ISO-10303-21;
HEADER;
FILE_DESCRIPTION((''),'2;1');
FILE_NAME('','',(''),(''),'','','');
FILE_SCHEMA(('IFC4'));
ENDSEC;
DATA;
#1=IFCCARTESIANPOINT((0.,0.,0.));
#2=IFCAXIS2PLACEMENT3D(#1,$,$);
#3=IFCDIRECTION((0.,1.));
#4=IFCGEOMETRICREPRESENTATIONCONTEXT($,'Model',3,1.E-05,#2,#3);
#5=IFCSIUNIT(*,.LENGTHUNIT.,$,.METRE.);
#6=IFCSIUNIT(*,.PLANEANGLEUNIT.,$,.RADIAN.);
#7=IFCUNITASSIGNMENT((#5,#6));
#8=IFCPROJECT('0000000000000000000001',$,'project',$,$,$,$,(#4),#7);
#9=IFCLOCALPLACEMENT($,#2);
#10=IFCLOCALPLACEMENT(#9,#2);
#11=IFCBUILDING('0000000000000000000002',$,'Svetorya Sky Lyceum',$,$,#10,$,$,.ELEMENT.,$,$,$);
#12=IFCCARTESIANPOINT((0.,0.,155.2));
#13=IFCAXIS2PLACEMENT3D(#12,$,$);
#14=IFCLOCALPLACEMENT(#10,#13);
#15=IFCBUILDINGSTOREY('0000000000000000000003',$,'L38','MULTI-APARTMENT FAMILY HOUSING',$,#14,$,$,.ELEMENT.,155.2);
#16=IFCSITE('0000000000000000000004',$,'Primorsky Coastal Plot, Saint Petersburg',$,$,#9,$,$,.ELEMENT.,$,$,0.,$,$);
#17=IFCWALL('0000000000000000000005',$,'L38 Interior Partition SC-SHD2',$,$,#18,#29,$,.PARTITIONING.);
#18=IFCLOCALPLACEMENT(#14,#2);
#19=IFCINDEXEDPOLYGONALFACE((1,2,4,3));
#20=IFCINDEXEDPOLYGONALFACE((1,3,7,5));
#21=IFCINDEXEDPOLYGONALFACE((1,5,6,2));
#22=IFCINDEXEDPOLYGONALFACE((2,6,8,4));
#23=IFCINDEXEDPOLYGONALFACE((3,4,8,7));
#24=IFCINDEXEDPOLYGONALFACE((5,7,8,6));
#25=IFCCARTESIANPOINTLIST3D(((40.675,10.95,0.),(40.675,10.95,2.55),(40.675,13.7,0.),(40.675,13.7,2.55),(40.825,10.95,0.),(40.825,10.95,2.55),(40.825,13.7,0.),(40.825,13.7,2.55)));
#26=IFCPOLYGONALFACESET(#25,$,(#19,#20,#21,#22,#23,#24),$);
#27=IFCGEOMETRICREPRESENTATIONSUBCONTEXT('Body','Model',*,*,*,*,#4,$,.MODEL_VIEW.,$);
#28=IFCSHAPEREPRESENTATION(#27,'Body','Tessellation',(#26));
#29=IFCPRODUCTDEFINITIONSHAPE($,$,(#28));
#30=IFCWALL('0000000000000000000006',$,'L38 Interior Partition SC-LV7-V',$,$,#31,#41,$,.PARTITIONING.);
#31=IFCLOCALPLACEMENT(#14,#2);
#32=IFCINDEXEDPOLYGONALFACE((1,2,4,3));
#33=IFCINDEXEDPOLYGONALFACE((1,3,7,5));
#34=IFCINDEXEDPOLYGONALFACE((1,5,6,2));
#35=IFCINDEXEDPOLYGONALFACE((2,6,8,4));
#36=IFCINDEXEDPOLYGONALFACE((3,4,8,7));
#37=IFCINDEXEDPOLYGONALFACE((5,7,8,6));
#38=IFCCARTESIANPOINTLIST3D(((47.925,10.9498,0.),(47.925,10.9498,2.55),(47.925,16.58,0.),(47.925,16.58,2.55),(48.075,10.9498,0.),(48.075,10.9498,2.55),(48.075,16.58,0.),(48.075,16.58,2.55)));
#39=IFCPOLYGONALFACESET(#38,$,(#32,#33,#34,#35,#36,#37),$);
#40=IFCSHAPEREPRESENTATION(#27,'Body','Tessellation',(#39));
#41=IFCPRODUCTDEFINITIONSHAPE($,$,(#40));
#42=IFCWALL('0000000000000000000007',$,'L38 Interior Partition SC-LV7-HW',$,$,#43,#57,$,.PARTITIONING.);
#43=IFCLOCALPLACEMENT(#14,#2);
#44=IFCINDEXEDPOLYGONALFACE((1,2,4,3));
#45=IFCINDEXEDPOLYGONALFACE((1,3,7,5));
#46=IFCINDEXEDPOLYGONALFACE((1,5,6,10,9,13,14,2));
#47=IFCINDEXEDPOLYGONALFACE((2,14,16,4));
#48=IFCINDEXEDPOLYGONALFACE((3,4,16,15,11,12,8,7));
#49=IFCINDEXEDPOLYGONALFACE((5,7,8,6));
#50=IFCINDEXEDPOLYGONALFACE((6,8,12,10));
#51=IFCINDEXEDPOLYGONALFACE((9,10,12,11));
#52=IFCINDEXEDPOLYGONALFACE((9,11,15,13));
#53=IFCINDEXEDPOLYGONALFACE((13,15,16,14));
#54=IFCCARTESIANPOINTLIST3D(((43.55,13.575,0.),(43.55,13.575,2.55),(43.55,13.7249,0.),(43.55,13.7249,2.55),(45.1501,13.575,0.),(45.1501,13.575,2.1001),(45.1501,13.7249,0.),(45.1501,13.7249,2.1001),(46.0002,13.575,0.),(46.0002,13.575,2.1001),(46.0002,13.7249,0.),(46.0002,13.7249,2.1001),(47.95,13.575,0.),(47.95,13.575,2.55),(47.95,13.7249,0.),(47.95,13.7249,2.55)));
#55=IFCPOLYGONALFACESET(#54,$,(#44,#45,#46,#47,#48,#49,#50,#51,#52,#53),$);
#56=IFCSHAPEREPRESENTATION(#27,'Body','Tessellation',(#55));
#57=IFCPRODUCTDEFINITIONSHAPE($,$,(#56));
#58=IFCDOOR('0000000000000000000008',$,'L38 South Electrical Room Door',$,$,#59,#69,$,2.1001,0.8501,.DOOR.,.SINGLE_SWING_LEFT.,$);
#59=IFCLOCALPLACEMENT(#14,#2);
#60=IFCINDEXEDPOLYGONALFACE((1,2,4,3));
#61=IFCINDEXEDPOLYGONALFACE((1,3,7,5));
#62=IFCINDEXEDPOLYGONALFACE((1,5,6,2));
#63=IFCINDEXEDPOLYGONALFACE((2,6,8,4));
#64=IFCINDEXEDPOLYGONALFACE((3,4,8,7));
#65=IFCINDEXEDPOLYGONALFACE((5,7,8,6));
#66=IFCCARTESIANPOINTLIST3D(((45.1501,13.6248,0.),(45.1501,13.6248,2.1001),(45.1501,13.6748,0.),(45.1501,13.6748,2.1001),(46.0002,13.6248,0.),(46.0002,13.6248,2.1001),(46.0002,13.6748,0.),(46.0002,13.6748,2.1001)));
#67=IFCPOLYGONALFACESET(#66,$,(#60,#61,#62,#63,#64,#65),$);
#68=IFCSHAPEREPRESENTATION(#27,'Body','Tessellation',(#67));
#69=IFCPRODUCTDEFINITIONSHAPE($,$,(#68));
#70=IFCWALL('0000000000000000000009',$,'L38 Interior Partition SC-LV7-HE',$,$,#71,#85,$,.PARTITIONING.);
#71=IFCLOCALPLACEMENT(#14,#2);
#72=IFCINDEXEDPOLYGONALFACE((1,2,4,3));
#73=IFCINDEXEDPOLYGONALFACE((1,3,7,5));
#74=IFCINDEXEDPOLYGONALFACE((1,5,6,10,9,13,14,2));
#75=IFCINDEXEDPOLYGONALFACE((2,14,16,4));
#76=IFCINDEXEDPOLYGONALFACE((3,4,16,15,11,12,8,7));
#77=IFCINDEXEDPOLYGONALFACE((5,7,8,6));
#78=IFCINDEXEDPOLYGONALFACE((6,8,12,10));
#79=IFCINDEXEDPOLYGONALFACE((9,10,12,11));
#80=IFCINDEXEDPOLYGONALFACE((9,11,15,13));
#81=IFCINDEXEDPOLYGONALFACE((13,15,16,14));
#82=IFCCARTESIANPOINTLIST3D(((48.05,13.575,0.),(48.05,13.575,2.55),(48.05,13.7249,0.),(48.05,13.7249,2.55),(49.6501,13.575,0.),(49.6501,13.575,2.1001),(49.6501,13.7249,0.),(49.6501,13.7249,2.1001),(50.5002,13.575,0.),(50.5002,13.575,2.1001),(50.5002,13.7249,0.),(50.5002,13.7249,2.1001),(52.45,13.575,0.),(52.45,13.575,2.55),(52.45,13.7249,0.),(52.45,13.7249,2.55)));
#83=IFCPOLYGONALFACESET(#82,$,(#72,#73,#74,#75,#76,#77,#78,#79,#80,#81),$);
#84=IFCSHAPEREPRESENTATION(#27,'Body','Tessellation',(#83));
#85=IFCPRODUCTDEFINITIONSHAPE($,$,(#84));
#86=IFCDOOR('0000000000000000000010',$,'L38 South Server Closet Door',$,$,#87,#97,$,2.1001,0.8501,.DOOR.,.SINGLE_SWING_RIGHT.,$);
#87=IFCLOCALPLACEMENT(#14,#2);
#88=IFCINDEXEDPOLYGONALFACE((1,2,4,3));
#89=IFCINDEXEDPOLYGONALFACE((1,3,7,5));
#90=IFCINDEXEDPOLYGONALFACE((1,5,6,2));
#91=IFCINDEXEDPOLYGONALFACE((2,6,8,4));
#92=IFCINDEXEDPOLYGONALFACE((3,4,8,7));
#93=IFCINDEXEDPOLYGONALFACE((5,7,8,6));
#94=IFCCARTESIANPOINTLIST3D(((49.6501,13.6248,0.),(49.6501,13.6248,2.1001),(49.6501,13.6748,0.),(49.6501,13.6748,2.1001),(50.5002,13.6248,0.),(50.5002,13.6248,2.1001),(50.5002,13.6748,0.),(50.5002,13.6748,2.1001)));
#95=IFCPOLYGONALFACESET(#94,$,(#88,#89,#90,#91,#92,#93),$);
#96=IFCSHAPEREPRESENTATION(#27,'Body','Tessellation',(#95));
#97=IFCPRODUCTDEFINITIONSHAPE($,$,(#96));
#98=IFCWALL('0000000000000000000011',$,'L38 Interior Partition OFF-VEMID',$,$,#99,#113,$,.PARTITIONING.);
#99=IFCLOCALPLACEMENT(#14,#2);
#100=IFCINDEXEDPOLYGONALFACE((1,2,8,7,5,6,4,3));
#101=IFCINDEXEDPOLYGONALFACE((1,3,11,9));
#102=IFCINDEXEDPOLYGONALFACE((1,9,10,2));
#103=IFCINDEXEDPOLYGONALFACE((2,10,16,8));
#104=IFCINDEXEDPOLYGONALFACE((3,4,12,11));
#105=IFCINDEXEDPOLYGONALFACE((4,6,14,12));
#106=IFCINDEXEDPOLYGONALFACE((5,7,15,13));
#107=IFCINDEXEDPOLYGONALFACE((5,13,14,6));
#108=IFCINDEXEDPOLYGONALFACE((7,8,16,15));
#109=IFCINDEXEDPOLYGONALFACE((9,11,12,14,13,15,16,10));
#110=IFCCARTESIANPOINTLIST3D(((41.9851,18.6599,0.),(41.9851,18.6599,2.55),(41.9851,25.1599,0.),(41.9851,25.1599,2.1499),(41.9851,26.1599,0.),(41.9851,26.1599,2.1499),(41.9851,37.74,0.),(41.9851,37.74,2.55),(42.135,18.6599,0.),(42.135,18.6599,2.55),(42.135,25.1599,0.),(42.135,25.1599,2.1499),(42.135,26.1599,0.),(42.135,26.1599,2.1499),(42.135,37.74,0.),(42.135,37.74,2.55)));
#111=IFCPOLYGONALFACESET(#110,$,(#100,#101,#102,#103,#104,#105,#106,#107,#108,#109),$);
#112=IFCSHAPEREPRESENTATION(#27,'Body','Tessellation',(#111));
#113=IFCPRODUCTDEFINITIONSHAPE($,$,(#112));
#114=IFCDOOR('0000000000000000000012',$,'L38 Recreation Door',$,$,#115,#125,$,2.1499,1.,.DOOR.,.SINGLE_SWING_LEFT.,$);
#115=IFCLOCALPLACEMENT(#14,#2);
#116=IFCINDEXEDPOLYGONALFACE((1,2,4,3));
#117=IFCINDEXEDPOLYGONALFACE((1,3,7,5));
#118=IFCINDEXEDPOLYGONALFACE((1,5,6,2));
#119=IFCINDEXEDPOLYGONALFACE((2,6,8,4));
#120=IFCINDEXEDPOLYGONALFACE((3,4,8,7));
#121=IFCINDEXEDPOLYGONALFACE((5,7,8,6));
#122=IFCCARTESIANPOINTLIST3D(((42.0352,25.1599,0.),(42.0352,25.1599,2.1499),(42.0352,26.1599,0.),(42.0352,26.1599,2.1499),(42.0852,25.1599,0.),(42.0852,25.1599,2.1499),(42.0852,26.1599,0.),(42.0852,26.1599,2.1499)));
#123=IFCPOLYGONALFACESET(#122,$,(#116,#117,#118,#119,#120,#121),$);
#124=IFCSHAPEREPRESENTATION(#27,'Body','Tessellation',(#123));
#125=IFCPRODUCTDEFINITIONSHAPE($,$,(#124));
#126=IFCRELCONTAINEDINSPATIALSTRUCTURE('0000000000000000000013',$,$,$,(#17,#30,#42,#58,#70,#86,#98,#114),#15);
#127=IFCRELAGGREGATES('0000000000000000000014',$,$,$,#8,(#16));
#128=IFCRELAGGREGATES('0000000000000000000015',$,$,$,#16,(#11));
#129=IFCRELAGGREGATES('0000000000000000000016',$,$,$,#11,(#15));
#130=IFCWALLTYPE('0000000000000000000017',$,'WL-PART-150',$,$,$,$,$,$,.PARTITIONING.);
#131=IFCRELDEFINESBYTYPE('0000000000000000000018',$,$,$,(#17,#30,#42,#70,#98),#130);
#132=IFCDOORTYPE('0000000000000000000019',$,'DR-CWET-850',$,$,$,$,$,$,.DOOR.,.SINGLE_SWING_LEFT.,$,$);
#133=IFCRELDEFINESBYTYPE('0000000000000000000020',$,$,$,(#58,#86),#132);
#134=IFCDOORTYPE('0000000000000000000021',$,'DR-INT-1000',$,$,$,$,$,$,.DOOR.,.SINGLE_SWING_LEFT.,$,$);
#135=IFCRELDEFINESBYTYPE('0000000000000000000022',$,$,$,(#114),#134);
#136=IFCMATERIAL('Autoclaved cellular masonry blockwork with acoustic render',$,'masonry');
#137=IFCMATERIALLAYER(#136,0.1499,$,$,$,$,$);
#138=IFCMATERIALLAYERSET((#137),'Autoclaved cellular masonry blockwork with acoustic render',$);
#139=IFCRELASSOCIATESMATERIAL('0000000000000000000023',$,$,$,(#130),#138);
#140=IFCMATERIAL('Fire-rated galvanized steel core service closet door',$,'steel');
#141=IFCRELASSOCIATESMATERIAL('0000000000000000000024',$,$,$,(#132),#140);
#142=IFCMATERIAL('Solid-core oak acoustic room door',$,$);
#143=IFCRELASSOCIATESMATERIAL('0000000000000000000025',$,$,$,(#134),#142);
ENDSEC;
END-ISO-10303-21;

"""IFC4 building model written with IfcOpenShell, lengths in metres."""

from ifc_helpers import new_model, si_unit, direction, frame, frame_2d, origin, place, context, subcontext, project, spatial, rectangle, extrude, material, layer, layer_set, type_object, element, fill, save


model = new_model("IFC4")

# Units and contexts
model_context = context("Model", 3, precision=1e-05, world=origin(), true_north=direction((0.0, 1.0)))
body_context = subcontext(model_context, "Body", "Model", "MODEL_VIEW")
ifc_project = project(units=[si_unit("LENGTHUNIT", "METRE"), si_unit("PLANEANGLEUNIT", "RADIAN")], contexts=[model_context])

# Site, building, storey
site_placement = place(None, origin())
site = spatial("IfcSite", under=ifc_project, at=site_placement, Name="Primorsky Coastal Plot, Saint Petersburg", CompositionType="ELEMENT", RefElevation=0.0)
building_placement = place(site_placement, origin())
building = spatial("IfcBuilding", under=site, at=building_placement, Name="Svetorya Sky Lyceum", CompositionType="ELEMENT")
storey_placement = place(building_placement, frame((0.0, 0.0, 155.2)))
storey = spatial("IfcBuildingStorey", under=building, at=storey_placement, Name="L38", Description="MULTI-APARTMENT FAMILY HOUSING", CompositionType="ELEMENT", Elevation=155.2)

# Walls
ifc_material_1 = material(Name="Autoclaved cellular masonry blockwork with acoustic render", Category="masonry")
ifc_layer_1 = layer(ifc_material_1, 0.1499)
ifc_layer_set_1 = layer_set([ifc_layer_1], Name="Autoclaved cellular masonry blockwork with acoustic render")
wall_type_1 = type_object("IfcWallType", Name="WL-PART-150", PredefinedType="PARTITIONING", material=ifc_layer_set_1)
for number, where, z_axis, x_axis, name in (
    (1, (40.75, 10.95, 0.0), (0.0, 0.0, 1.0), (0.0, 1.0, 0.0), "L38 Interior Partition SC-SHD2"),
):
    element("IfcWall", number, at=place(storey_placement, frame(where, z_axis=z_axis, x_axis=x_axis)), inside=storey, type_object=wall_type_1, Name=name, PredefinedType="PARTITIONING", context=body_context, shape_type="SweptSolid", body=[
        extrude(rectangle(XDim=2.75, YDim=0.1499, at=frame_2d((1.375, 0.0))), origin(), (0.0, 0.0, 1.0), 2.55),
    ])
wall_1_placement = place(storey_placement, frame((48.0, 10.95, 0.0), z_axis=(0.0, 0.0, 1.0), x_axis=(0.0, 1.0, 0.0)))
element("IfcWall", 2, at=wall_1_placement, inside=storey, type_object=wall_type_1, Name="L38 Interior Partition SC-LV7-V", PredefinedType="PARTITIONING", context=body_context, shape_type="SweptSolid", body=[
    extrude(rectangle(XDim=5.6301, YDim=0.1499, at=frame_2d((2.8149, 0.0))), origin(), (0.0, 0.0, 1.0), 2.55),
])

# Walls, openings, doors
wall_2_placement = place(storey_placement, frame((43.55, 13.6499, 0.0), z_axis=(0.0, 0.0, 1.0), x_axis=(1.0, 0.0, 0.0)))
wall_2 = element("IfcWall", 3, at=wall_2_placement, inside=storey, type_object=wall_type_1, Name="L38 Interior Partition SC-LV7-HW", PredefinedType="PARTITIONING", context=body_context, shape_type="SweptSolid", body=[
    extrude(rectangle(XDim=4.3999, YDim=0.1499, at=frame_2d((2.2, 0.0))), origin(), (0.0, 0.0, 1.0), 2.55),
])
opening_1_placement = place(wall_2_placement, frame((1.6001, 0.0, 0.0)))
opening_1 = element("IfcOpeningElement", 4, at=opening_1_placement, cuts=wall_2, PredefinedType="OPENING", context=body_context, shape_type="SweptSolid", body=[
    extrude(rectangle(XDim=0.8501, YDim=2.1001, at=frame_2d((0.425, 1.05))), frame((0.0, 0.085, 0.0), z_axis=(0.0, -1.0, 0.0), x_axis=(1.0, 0.0, 0.0)), (0.0, 0.0, 1.0), 0.1699),
])
ifc_material_2 = material(Name="Fire-rated galvanized steel core service closet door", Category="steel")
door_type_1 = type_object("IfcDoorType", Name="DR-CWET-850", OperationType="SINGLE_SWING_LEFT", PredefinedType="DOOR", material=ifc_material_2)
door_1_placement = place(opening_1_placement, origin())
door_1 = element("IfcDoor", 5, at=door_1_placement, inside=storey, type_object=door_type_1, Name="L38 South Electrical Room Door", OperationType="SINGLE_SWING_LEFT", OverallHeight=2.1001, OverallWidth=0.8501, PredefinedType="DOOR", context=body_context, shape_type="SweptSolid", body=[
    extrude(rectangle(XDim=0.8501, YDim=2.1001, at=frame_2d((0.425, 1.05))), frame((0.0, 0.0249, 0.0), z_axis=(0.0, -1.0, 0.0), x_axis=(1.0, 0.0, 0.0)), (0.0, 0.0, 1.0), 0.05),
])
fill(opening_1, door_1)
wall_3_placement = place(storey_placement, frame((48.05, 13.6499, 0.0), z_axis=(0.0, 0.0, 1.0), x_axis=(1.0, 0.0, 0.0)))
wall_3 = element("IfcWall", 6, at=wall_3_placement, inside=storey, type_object=wall_type_1, Name="L38 Interior Partition SC-LV7-HE", PredefinedType="PARTITIONING", context=body_context, shape_type="SweptSolid", body=[
    extrude(rectangle(XDim=4.3999, YDim=0.1499, at=frame_2d((2.2, 0.0))), origin(), (0.0, 0.0, 1.0), 2.55),
])
opening_2_placement = place(wall_3_placement, frame((1.6001, 0.0, 0.0)))
opening_2 = element("IfcOpeningElement", 7, at=opening_2_placement, cuts=wall_3, PredefinedType="OPENING", context=body_context, shape_type="SweptSolid", body=[
    extrude(rectangle(XDim=0.8501, YDim=2.1001, at=frame_2d((0.425, 1.05))), frame((0.0, 0.085, 0.0), z_axis=(0.0, -1.0, 0.0), x_axis=(1.0, 0.0, 0.0)), (0.0, 0.0, 1.0), 0.1699),
])
door_2_placement = place(opening_2_placement, origin())
door_2 = element("IfcDoor", 8, at=door_2_placement, inside=storey, type_object=door_type_1, Name="L38 South Server Closet Door", OperationType="SINGLE_SWING_RIGHT", OverallHeight=2.1001, OverallWidth=0.8501, PredefinedType="DOOR", context=body_context, shape_type="SweptSolid", body=[
    extrude(rectangle(XDim=0.8501, YDim=2.1001, at=frame_2d((0.425, 1.05))), frame((0.0, 0.0249, 0.0), z_axis=(0.0, -1.0, 0.0), x_axis=(1.0, 0.0, 0.0)), (0.0, 0.0, 1.0), 0.05),
])
fill(opening_2, door_2)
wall_4_placement = place(storey_placement, frame((42.0601, 18.6599, 0.0), z_axis=(0.0, 0.0, 1.0), x_axis=(0.0, 1.0, 0.0)))
wall_4 = element("IfcWall", 9, at=wall_4_placement, inside=storey, type_object=wall_type_1, Name="L38 Interior Partition OFF-VEMID", PredefinedType="PARTITIONING", context=body_context, shape_type="SweptSolid", body=[
    extrude(rectangle(XDim=19.0801, YDim=0.1499, at=frame_2d((9.54, 0.0))), origin(), (0.0, 0.0, 1.0), 2.55),
])
opening_3_placement = place(wall_4_placement, frame((6.5, 0.0, 0.0)))
opening_3 = element("IfcOpeningElement", 10, at=opening_3_placement, cuts=wall_4, PredefinedType="OPENING", context=body_context, shape_type="SweptSolid", body=[
    extrude(rectangle(XDim=1.0, YDim=2.1499, at=frame_2d((0.5, 1.075))), frame((0.0, 0.085, 0.0), z_axis=(0.0, -1.0, 0.0), x_axis=(1.0, 0.0, 0.0)), (0.0, 0.0, 1.0), 0.1699),
])
ifc_material_3 = material(Name="Solid-core oak acoustic room door")
door_type_2 = type_object("IfcDoorType", Name="DR-INT-1000", OperationType="SINGLE_SWING_LEFT", PredefinedType="DOOR", material=ifc_material_3)
door_3_placement = place(opening_3_placement, origin())
door_3 = element("IfcDoor", 11, at=door_3_placement, inside=storey, type_object=door_type_2, Name="L38 Recreation Door", OperationType="SINGLE_SWING_LEFT", OverallHeight=2.1499, OverallWidth=1.0, PredefinedType="DOOR", context=body_context, shape_type="SweptSolid", body=[
    extrude(rectangle(XDim=1.0, YDim=2.1499, at=frame_2d((0.5, 1.075))), frame((0.0, 0.0249, 0.0), z_axis=(0.0, -1.0, 0.0), x_axis=(1.0, 0.0, 0.0)), (0.0, 0.0, 1.0), 0.05),
])
fill(opening_3, door_3)

save(model, "model.ifc")
